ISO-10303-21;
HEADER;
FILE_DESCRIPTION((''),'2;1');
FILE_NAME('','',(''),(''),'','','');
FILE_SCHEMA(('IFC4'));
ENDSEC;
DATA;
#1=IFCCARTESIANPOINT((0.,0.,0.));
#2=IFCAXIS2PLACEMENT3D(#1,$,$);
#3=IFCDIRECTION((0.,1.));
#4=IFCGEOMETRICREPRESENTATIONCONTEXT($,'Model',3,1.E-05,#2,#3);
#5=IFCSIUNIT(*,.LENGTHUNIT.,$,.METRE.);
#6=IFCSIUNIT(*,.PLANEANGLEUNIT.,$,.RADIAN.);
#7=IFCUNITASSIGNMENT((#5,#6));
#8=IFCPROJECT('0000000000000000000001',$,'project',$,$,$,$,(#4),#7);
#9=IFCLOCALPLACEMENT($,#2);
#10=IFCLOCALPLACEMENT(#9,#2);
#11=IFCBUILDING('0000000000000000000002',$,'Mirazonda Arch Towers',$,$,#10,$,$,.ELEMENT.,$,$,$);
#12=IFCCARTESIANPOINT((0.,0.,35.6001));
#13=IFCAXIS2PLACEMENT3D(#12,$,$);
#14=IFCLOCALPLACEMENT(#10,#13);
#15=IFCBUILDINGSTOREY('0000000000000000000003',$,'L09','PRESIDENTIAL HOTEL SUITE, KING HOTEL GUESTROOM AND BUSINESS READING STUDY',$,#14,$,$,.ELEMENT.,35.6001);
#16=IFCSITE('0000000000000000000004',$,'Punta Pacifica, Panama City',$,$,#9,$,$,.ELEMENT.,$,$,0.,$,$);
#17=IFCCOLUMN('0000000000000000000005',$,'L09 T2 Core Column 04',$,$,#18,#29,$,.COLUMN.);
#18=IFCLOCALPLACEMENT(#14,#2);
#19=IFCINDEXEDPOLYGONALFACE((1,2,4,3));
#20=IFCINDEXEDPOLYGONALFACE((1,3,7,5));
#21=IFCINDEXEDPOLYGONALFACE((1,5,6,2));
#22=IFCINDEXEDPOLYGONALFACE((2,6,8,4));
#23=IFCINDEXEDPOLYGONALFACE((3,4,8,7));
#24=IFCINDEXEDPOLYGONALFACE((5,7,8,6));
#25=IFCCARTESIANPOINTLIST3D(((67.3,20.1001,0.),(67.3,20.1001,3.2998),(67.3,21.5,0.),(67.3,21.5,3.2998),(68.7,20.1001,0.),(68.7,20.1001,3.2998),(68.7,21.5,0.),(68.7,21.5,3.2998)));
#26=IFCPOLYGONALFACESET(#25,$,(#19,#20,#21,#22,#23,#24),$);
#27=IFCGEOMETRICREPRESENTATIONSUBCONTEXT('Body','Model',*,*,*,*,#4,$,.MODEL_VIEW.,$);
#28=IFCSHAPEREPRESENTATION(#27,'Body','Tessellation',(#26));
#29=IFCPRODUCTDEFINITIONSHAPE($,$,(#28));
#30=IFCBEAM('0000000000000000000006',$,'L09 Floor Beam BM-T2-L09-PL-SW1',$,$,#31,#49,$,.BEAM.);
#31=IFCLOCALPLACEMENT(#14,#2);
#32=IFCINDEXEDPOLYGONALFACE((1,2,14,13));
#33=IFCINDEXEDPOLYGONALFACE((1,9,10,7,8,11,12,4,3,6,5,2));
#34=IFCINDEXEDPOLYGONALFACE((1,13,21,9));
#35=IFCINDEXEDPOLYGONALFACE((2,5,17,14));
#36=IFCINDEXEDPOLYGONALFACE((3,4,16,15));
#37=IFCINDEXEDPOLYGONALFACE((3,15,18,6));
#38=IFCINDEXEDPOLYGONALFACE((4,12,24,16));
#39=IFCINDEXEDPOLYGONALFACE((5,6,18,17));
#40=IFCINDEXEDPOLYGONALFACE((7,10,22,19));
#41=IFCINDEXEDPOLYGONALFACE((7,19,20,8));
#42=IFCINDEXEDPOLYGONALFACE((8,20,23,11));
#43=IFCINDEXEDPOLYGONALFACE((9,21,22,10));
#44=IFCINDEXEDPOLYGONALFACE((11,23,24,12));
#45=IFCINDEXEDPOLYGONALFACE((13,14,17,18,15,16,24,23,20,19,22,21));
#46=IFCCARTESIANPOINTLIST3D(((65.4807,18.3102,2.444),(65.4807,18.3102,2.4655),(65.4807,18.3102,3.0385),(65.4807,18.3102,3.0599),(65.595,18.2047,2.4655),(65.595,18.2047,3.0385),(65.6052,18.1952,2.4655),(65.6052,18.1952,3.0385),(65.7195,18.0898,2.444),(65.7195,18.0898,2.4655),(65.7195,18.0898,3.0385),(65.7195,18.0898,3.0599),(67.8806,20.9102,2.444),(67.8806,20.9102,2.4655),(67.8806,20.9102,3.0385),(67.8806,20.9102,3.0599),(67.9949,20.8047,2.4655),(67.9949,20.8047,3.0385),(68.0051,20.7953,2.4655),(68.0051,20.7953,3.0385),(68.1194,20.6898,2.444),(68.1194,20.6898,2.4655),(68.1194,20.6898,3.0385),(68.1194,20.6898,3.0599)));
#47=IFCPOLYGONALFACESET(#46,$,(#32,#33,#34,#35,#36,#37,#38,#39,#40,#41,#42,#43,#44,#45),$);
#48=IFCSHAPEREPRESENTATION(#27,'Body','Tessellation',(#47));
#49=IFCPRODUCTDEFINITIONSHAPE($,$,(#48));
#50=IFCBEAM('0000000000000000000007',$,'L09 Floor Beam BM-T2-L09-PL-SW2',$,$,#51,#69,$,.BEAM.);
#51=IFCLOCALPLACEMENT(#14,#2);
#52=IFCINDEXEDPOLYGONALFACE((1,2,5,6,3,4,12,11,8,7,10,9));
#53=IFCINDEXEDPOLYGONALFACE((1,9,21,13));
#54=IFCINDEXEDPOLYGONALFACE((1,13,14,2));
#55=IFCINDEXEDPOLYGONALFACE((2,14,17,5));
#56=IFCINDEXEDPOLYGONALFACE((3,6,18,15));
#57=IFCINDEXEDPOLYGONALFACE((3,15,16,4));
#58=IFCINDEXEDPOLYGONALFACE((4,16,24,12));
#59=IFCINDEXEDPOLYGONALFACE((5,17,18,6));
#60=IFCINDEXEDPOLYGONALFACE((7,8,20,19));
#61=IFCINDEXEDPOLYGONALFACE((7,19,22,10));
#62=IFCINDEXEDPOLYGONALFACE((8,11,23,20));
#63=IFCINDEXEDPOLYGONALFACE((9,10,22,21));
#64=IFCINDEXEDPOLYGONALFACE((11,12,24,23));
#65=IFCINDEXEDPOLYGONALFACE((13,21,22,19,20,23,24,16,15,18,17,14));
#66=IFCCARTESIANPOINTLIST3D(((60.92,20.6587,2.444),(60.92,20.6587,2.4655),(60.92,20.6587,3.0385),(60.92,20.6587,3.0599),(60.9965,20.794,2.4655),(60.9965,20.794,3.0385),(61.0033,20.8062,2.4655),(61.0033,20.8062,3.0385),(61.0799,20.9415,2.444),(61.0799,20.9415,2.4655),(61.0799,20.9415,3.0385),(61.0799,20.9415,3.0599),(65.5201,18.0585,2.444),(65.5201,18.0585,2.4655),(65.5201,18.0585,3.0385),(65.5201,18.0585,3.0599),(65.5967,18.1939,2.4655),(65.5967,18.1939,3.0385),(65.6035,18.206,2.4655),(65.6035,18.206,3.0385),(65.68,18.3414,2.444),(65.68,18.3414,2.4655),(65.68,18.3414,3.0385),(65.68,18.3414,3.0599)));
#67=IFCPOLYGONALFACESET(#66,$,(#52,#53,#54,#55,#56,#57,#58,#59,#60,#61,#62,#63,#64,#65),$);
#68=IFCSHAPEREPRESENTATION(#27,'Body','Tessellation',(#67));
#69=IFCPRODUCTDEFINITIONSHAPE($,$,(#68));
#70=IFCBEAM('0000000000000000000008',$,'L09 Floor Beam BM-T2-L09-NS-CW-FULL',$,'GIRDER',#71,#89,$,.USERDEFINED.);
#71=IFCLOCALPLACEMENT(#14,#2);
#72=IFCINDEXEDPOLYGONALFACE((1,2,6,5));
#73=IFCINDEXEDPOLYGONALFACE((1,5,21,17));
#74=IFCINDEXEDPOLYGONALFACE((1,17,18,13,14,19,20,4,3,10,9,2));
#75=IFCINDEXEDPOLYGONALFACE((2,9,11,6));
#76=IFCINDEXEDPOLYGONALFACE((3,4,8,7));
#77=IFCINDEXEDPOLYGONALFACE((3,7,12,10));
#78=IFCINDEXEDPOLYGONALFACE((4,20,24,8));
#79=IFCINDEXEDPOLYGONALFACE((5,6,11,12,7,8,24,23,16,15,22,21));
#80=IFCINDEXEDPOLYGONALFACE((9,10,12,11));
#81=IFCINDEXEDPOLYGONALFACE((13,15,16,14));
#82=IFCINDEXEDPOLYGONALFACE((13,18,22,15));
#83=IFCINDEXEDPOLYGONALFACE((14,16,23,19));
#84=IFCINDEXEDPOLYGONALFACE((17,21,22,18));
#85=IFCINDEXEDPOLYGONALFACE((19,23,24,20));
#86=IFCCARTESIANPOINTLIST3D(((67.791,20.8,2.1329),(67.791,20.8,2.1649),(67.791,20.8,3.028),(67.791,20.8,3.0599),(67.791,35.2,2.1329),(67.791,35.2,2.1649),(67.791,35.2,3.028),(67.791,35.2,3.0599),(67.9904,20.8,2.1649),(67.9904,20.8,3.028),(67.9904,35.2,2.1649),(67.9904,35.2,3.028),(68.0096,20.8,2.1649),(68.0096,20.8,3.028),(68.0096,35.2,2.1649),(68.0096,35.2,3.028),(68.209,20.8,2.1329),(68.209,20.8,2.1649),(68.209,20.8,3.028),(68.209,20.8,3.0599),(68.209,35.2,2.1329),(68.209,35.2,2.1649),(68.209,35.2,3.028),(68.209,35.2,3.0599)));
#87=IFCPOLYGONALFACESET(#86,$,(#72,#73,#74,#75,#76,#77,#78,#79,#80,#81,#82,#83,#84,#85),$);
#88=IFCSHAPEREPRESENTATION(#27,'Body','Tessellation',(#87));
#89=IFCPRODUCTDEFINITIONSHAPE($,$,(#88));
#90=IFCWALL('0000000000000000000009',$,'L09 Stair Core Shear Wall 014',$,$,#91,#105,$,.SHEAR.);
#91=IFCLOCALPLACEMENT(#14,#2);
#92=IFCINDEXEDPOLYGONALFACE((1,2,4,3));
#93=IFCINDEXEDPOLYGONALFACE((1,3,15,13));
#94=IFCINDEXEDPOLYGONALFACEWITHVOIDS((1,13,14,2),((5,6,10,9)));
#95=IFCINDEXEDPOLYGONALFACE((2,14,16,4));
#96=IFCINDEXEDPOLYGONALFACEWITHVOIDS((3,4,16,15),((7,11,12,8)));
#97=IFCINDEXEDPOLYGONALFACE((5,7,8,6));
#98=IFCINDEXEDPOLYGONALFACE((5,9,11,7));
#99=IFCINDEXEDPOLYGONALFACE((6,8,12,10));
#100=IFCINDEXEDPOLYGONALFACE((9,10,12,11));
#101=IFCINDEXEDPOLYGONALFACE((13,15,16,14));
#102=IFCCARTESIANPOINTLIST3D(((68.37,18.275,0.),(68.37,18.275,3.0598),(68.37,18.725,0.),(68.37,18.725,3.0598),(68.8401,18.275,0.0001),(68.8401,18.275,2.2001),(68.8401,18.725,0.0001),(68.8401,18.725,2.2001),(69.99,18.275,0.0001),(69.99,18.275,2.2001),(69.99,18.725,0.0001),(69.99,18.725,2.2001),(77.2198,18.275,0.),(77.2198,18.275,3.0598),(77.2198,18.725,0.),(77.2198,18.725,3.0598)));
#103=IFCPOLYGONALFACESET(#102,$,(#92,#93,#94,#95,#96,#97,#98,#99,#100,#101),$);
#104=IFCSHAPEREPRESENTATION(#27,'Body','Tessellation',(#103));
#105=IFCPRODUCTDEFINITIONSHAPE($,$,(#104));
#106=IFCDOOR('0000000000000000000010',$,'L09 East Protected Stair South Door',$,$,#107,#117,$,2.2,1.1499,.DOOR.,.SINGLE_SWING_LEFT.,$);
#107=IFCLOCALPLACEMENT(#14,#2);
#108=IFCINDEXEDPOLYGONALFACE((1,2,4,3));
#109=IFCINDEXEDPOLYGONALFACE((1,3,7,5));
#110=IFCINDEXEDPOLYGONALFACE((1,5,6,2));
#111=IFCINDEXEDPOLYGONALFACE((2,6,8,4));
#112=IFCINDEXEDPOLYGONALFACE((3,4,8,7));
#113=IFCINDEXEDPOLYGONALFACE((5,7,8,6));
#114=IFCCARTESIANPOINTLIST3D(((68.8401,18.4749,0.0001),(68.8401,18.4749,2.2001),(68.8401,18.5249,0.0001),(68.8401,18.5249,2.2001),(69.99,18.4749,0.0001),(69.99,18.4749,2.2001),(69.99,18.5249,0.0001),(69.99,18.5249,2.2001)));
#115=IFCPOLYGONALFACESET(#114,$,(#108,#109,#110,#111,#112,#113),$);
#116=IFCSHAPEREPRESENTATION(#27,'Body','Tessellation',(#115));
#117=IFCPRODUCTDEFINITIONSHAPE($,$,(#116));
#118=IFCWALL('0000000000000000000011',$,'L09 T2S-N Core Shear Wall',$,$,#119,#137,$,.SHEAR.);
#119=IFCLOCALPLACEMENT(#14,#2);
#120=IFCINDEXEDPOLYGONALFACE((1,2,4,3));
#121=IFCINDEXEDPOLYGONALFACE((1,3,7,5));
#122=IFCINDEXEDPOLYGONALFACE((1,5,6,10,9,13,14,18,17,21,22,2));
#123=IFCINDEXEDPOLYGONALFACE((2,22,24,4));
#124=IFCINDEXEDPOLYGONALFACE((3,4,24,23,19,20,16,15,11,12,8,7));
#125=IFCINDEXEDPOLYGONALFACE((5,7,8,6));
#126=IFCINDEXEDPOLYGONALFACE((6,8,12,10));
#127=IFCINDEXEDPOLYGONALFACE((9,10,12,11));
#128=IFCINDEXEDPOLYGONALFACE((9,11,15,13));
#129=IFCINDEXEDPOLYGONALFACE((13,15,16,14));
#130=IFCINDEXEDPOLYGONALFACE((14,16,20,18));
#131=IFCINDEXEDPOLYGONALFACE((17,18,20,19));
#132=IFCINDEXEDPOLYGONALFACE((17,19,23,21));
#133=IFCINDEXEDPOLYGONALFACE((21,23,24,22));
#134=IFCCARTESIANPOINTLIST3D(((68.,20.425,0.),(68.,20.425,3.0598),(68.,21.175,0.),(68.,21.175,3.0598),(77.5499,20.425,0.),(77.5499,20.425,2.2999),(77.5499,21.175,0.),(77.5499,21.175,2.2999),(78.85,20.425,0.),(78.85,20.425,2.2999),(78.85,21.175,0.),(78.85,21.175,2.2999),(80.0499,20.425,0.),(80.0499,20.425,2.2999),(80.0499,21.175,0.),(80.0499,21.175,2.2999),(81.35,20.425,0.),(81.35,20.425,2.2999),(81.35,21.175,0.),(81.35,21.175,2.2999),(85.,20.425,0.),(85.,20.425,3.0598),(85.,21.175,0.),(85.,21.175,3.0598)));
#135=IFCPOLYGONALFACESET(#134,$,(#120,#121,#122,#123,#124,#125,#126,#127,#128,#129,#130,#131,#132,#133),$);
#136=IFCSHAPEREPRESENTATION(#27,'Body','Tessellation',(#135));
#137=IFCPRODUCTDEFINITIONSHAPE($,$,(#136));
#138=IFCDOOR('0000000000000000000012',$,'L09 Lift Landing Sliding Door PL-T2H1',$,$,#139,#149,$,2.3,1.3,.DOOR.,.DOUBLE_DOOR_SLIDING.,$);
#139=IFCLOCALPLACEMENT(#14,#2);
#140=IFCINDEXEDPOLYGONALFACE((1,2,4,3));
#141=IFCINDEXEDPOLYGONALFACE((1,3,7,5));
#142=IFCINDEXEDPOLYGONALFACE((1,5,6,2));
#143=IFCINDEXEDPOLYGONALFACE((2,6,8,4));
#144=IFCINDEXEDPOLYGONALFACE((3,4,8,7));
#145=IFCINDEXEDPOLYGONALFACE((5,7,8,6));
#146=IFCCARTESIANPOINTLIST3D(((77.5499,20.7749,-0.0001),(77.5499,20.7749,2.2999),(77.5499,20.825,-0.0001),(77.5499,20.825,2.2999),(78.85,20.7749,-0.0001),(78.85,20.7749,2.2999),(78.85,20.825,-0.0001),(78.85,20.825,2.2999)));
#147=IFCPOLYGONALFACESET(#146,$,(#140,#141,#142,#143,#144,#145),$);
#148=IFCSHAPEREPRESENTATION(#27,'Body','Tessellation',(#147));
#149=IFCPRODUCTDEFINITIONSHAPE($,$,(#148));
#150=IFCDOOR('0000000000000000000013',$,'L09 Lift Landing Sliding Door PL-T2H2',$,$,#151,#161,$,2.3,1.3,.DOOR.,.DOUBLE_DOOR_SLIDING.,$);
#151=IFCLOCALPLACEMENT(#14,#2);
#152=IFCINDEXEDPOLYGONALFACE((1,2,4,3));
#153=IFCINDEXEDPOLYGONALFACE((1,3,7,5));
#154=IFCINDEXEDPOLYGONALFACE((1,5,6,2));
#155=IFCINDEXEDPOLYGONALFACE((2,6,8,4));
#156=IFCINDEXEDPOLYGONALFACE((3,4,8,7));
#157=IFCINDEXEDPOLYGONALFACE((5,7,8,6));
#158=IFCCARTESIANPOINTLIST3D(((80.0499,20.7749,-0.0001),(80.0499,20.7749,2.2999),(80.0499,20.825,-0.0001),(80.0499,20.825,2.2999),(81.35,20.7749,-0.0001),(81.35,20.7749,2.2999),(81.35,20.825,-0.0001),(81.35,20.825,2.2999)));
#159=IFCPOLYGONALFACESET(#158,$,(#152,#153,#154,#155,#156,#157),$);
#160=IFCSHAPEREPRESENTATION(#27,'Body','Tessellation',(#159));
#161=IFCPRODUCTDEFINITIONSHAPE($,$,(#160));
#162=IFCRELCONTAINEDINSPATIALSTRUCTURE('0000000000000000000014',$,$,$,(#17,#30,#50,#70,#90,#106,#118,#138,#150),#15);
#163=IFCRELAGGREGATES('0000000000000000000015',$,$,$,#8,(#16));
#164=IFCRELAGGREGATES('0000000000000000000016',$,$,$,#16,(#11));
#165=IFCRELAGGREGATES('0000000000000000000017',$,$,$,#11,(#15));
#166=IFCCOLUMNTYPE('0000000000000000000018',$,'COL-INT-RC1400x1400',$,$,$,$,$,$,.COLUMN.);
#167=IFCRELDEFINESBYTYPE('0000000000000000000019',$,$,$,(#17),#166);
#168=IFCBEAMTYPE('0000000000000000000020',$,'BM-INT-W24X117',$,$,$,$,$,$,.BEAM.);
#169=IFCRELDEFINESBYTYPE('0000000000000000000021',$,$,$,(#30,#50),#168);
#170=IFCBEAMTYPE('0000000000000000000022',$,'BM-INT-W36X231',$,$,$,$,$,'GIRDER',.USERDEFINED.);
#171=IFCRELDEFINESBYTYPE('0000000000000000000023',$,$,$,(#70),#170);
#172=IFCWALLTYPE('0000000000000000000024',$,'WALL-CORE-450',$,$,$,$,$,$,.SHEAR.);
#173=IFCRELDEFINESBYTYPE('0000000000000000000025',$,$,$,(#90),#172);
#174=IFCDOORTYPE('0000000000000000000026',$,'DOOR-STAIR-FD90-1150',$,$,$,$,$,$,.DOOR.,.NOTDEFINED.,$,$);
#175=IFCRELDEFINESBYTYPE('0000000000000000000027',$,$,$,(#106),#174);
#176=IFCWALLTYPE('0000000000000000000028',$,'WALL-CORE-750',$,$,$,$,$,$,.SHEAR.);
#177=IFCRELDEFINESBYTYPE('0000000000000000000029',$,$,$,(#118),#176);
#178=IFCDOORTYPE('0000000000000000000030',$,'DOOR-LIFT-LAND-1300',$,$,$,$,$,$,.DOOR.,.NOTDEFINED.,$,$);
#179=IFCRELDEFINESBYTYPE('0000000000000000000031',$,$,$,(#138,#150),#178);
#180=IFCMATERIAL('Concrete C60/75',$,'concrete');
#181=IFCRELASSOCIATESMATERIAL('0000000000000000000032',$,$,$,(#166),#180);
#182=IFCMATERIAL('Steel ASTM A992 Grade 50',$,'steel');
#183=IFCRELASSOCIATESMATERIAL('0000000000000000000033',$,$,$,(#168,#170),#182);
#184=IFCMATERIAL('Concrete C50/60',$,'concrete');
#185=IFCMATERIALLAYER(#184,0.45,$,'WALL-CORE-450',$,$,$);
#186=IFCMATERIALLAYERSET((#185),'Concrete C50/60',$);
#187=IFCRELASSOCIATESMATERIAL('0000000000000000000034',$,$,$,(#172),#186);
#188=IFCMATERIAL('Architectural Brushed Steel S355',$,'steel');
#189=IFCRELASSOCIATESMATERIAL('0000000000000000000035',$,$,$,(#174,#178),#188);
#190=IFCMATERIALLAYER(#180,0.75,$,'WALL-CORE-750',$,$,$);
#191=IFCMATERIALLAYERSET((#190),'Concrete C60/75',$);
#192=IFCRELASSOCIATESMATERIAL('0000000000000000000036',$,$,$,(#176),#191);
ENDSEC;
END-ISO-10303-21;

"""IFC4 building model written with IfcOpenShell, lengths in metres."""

from ifc_helpers import new_model, si_unit, direction, frame, frame_2d, origin, origin_2d, place, context, subcontext, project, spatial, rectangle, i_section, extrude, material, layer, layer_set, material_profile, profile_set, type_object, element, fill, save


model = new_model("IFC4")

# Units and contexts
model_context = context("Model", 3, precision=1e-05, world=origin(), true_north=direction((0.0, 1.0)))
body_context = subcontext(model_context, "Body", "Model", "MODEL_VIEW")
ifc_project = project(units=[si_unit("LENGTHUNIT", "METRE"), si_unit("PLANEANGLEUNIT", "RADIAN")], contexts=[model_context])

# Site, building, storey
site_placement = place(None, origin())
site = spatial("IfcSite", under=ifc_project, at=site_placement, Name="Punta Pacifica, Panama City", CompositionType="ELEMENT", RefElevation=0.0)
building_placement = place(site_placement, origin())
building = spatial("IfcBuilding", under=site, at=building_placement, Name="Mirazonda Arch Towers", CompositionType="ELEMENT")
storey_placement = place(building_placement, frame((0.0, 0.0, 35.6001)))
storey = spatial("IfcBuildingStorey", under=building, at=storey_placement, Name="L09", Description="PRESIDENTIAL HOTEL SUITE, KING HOTEL GUESTROOM AND BUSINESS READING STUDY", CompositionType="ELEMENT", Elevation=35.6001)

# Column
ifc_material_1 = material(Name="Concrete C60/75", Category="concrete")
ifc_material_profile_1 = material_profile(ifc_material_1, rectangle(XDim=1.3999, YDim=1.3999, at=origin_2d()), Name="RC1400x1400")
ifc_profile_set_1 = profile_set([ifc_material_profile_1], Name="Concrete C60/75")
column_type = type_object("IfcColumnType", Name="COL-INT-RC1400x1400", PredefinedType="COLUMN", material=ifc_profile_set_1)
column_placement = place(storey_placement, frame((68.0, 20.8, 0.0), z_axis=(0.0, 0.0, 1.0), x_axis=(1.0, 0.0, 0.0)))
element("IfcColumn", 1, at=column_placement, inside=storey, type_object=column_type, Name="L09 T2 Core Column 04", PredefinedType="COLUMN", context=body_context, shape_type="SweptSolid", body=[
    extrude(rectangle(XDim=1.3999, YDim=1.3999, at=origin_2d()), origin(), (0.0, 0.0, 1.0), 3.2998),
])

# Beams
ifc_material_2 = material(Name="Steel ASTM A992 Grade 50", Category="steel")
ifc_material_profile_2 = material_profile(ifc_material_2, i_section(OverallWidth=0.325, OverallDepth=0.616, WebThickness=0.0139, FlangeThickness=0.0215, at=origin_2d()), Name="W24X117")
ifc_profile_set_2 = profile_set([ifc_material_profile_2], Name="Steel ASTM A992 Grade 50")
beam_type_1 = type_object("IfcBeamType", Name="BM-INT-W24X117", PredefinedType="BEAM", material=ifc_profile_set_2)
beam_1_placement = place(storey_placement, frame((65.6001, 18.2, 2.752), z_axis=(0.678251, 0.73483, 0.0), x_axis=(-0.73483, 0.678251, 0.0)))
element("IfcBeam", 2, at=beam_1_placement, inside=storey, type_object=beam_type_1, Name="L09 Floor Beam BM-T2-L09-PL-SW1", PredefinedType="BEAM", context=body_context, shape_type="SweptSolid", body=[
    extrude(i_section(OverallWidth=0.325, OverallDepth=0.616, WebThickness=0.0139, FlangeThickness=0.0215, at=origin_2d()), origin(), (0.0, 0.0, 1.0), 3.5383),
])
beam_2_placement = place(storey_placement, frame((65.6001, 18.2, 2.752), z_axis=(-0.870559, 0.492063, 0.0), x_axis=(-0.492063, -0.870559, 0.0)))
element("IfcBeam", 3, at=beam_2_placement, inside=storey, type_object=beam_type_1, Name="L09 Floor Beam BM-T2-L09-PL-SW2", PredefinedType="BEAM", context=body_context, shape_type="SweptSolid", body=[
    extrude(i_section(OverallWidth=0.325, OverallDepth=0.616, WebThickness=0.0139, FlangeThickness=0.0215, at=origin_2d()), origin(), (0.0, 0.0, 1.0), 5.2842),
])
ifc_material_profile_3 = material_profile(ifc_material_2, i_section(OverallWidth=0.418, OverallDepth=0.927, WebThickness=0.0193, FlangeThickness=0.032, at=origin_2d()), Name="W36X231")
ifc_profile_set_3 = profile_set([ifc_material_profile_3], Name="Steel ASTM A992 Grade 50")
beam_type_2 = type_object("IfcBeamType", Name="BM-INT-W36X231", ElementType="GIRDER", PredefinedType="USERDEFINED", material=ifc_profile_set_3)
beam_3_placement = place(storey_placement, frame((68.0, 20.8, 2.5964), z_axis=(0.0, 1.0, 0.0), x_axis=(-1.0, 0.0, 0.0)))
element("IfcBeam", 4, at=beam_3_placement, inside=storey, type_object=beam_type_2, Name="L09 Floor Beam BM-T2-L09-NS-CW-FULL", ObjectType="GIRDER", PredefinedType="USERDEFINED", context=body_context, shape_type="SweptSolid", body=[
    extrude(i_section(OverallWidth=0.418, OverallDepth=0.927, WebThickness=0.0193, FlangeThickness=0.032, at=origin_2d()), origin(), (0.0, 0.0, 1.0), 14.3999),
])

# Wall, opening, door
ifc_material_3 = material(Name="Concrete C50/60", Category="concrete")
ifc_layer_1 = layer(ifc_material_3, 0.45, Name="WALL-CORE-450")
ifc_layer_set_1 = layer_set([ifc_layer_1], Name="Concrete C50/60")
wall_type_1 = type_object("IfcWallType", Name="WALL-CORE-450", PredefinedType="SHEAR", material=ifc_layer_set_1)
wall_1_placement = place(storey_placement, frame((68.3701, 18.5, 0.0), z_axis=(0.0, 0.0, 1.0), x_axis=(1.0, 0.0, 0.0)))
wall_1 = element("IfcWall", 5, at=wall_1_placement, inside=storey, type_object=wall_type_1, Name="L09 Stair Core Shear Wall 014", PredefinedType="SHEAR", context=body_context, shape_type="SweptSolid", body=[
    extrude(rectangle(XDim=8.8499, YDim=0.45, at=frame_2d((4.4248, 0.0))), origin(), (0.0, 0.0, 1.0), 3.0598),
])
opening_1_placement = place(wall_1_placement, frame((0.47, 0.0, 0.0)))
opening_1 = element("IfcOpeningElement", 6, at=opening_1_placement, cuts=wall_1, PredefinedType="OPENING", context=body_context, shape_type="SweptSolid", body=[
    extrude(rectangle(XDim=1.1499, YDim=2.2, at=frame_2d((0.575, 1.1001))), frame((0.0, 0.2349, 0.0), z_axis=(0.0, -1.0, 0.0), x_axis=(1.0, 0.0, 0.0)), (0.0, 0.0, 1.0), 0.47),
])
ifc_material_4 = material(Name="Architectural Brushed Steel S355", Category="steel")
door_type_1 = type_object("IfcDoorType", Name="DOOR-STAIR-FD90-1150", OperationType="NOTDEFINED", PredefinedType="DOOR", material=ifc_material_4)
door_1_placement = place(opening_1_placement, origin())
door_1 = element("IfcDoor", 7, at=door_1_placement, inside=storey, type_object=door_type_1, Name="L09 East Protected Stair South Door", OperationType="SINGLE_SWING_LEFT", OverallHeight=2.2, OverallWidth=1.1499, PredefinedType="DOOR", context=body_context, shape_type="SweptSolid", body=[
    extrude(rectangle(XDim=1.1499, YDim=2.2, at=frame_2d((0.575, 1.1001))), frame((0.0, 0.0249, 0.0), z_axis=(0.0, -1.0, 0.0), x_axis=(1.0, 0.0, 0.0)), (0.0, 0.0, 1.0), 0.05),
])
fill(opening_1, door_1)

# Wall, openings, doors
ifc_layer_2 = layer(ifc_material_1, 0.75, Name="WALL-CORE-750")
ifc_layer_set_2 = layer_set([ifc_layer_2], Name="Concrete C60/75")
wall_type_2 = type_object("IfcWallType", Name="WALL-CORE-750", PredefinedType="SHEAR", material=ifc_layer_set_2)
wall_2_placement = place(storey_placement, frame((68.0, 20.8, 0.0), z_axis=(0.0, 0.0, 1.0), x_axis=(1.0, 0.0, 0.0)))
wall_2 = element("IfcWall", 8, at=wall_2_placement, inside=storey, type_object=wall_type_2, Name="L09 T2S-N Core Shear Wall", PredefinedType="SHEAR", context=body_context, shape_type="SweptSolid", body=[
    extrude(rectangle(XDim=17.0, YDim=0.75, at=frame_2d((8.5, 0.0))), origin(), (0.0, 0.0, 1.0), 3.0598),
])
opening_2_placement = place(wall_2_placement, frame((9.55, 0.0, 0.0)))
opening_2 = element("IfcOpeningElement", 9, at=opening_2_placement, cuts=wall_2, PredefinedType="OPENING", context=body_context, shape_type="SweptSolid", body=[
    extrude(rectangle(XDim=1.3, YDim=2.3, at=frame_2d((0.6499, 1.1499))), frame((0.0, 0.385, 0.0), z_axis=(0.0, -1.0, 0.0), x_axis=(1.0, 0.0, 0.0)), (0.0, 0.0, 1.0), 0.77),
])
opening_3_placement = place(wall_2_placement, frame((12.05, 0.0, 0.0)))
opening_3 = element("IfcOpeningElement", 10, at=opening_3_placement, cuts=wall_2, PredefinedType="OPENING", context=body_context, shape_type="SweptSolid", body=[
    extrude(rectangle(XDim=1.3, YDim=2.3, at=frame_2d((0.6499, 1.1499))), frame((0.0, 0.385, 0.0), z_axis=(0.0, -1.0, 0.0), x_axis=(1.0, 0.0, 0.0)), (0.0, 0.0, 1.0), 0.77),
])
door_type_2 = type_object("IfcDoorType", Name="DOOR-LIFT-LAND-1300", OperationType="NOTDEFINED", PredefinedType="DOOR", material=ifc_material_4)
door_2_placement = place(opening_2_placement, origin())
door_2 = element("IfcDoor", 11, at=door_2_placement, inside=storey, type_object=door_type_2, Name="L09 Lift Landing Sliding Door PL-T2H1", OperationType="DOUBLE_DOOR_SLIDING", OverallHeight=2.3, OverallWidth=1.3, PredefinedType="DOOR", context=body_context, shape_type="SweptSolid", body=[
    extrude(rectangle(XDim=1.3, YDim=2.3, at=frame_2d((0.6499, 1.1499))), frame((0.0, 0.0249, 0.0), z_axis=(0.0, -1.0, 0.0), x_axis=(1.0, 0.0, 0.0)), (0.0, 0.0, 1.0), 0.05),
])
fill(opening_2, door_2)
door_3_placement = place(opening_3_placement, origin())
door_3 = element("IfcDoor", 12, at=door_3_placement, inside=storey, type_object=door_type_2, Name="L09 Lift Landing Sliding Door PL-T2H2", OperationType="DOUBLE_DOOR_SLIDING", OverallHeight=2.3, OverallWidth=1.3, PredefinedType="DOOR", context=body_context, shape_type="SweptSolid", body=[
    extrude(rectangle(XDim=1.3, YDim=2.3, at=frame_2d((0.6499, 1.1499))), frame((0.0, 0.0249, 0.0), z_axis=(0.0, -1.0, 0.0), x_axis=(1.0, 0.0, 0.0)), (0.0, 0.0, 1.0), 0.05),
])
fill(opening_3, door_3)

save(model, "model.ifc")
